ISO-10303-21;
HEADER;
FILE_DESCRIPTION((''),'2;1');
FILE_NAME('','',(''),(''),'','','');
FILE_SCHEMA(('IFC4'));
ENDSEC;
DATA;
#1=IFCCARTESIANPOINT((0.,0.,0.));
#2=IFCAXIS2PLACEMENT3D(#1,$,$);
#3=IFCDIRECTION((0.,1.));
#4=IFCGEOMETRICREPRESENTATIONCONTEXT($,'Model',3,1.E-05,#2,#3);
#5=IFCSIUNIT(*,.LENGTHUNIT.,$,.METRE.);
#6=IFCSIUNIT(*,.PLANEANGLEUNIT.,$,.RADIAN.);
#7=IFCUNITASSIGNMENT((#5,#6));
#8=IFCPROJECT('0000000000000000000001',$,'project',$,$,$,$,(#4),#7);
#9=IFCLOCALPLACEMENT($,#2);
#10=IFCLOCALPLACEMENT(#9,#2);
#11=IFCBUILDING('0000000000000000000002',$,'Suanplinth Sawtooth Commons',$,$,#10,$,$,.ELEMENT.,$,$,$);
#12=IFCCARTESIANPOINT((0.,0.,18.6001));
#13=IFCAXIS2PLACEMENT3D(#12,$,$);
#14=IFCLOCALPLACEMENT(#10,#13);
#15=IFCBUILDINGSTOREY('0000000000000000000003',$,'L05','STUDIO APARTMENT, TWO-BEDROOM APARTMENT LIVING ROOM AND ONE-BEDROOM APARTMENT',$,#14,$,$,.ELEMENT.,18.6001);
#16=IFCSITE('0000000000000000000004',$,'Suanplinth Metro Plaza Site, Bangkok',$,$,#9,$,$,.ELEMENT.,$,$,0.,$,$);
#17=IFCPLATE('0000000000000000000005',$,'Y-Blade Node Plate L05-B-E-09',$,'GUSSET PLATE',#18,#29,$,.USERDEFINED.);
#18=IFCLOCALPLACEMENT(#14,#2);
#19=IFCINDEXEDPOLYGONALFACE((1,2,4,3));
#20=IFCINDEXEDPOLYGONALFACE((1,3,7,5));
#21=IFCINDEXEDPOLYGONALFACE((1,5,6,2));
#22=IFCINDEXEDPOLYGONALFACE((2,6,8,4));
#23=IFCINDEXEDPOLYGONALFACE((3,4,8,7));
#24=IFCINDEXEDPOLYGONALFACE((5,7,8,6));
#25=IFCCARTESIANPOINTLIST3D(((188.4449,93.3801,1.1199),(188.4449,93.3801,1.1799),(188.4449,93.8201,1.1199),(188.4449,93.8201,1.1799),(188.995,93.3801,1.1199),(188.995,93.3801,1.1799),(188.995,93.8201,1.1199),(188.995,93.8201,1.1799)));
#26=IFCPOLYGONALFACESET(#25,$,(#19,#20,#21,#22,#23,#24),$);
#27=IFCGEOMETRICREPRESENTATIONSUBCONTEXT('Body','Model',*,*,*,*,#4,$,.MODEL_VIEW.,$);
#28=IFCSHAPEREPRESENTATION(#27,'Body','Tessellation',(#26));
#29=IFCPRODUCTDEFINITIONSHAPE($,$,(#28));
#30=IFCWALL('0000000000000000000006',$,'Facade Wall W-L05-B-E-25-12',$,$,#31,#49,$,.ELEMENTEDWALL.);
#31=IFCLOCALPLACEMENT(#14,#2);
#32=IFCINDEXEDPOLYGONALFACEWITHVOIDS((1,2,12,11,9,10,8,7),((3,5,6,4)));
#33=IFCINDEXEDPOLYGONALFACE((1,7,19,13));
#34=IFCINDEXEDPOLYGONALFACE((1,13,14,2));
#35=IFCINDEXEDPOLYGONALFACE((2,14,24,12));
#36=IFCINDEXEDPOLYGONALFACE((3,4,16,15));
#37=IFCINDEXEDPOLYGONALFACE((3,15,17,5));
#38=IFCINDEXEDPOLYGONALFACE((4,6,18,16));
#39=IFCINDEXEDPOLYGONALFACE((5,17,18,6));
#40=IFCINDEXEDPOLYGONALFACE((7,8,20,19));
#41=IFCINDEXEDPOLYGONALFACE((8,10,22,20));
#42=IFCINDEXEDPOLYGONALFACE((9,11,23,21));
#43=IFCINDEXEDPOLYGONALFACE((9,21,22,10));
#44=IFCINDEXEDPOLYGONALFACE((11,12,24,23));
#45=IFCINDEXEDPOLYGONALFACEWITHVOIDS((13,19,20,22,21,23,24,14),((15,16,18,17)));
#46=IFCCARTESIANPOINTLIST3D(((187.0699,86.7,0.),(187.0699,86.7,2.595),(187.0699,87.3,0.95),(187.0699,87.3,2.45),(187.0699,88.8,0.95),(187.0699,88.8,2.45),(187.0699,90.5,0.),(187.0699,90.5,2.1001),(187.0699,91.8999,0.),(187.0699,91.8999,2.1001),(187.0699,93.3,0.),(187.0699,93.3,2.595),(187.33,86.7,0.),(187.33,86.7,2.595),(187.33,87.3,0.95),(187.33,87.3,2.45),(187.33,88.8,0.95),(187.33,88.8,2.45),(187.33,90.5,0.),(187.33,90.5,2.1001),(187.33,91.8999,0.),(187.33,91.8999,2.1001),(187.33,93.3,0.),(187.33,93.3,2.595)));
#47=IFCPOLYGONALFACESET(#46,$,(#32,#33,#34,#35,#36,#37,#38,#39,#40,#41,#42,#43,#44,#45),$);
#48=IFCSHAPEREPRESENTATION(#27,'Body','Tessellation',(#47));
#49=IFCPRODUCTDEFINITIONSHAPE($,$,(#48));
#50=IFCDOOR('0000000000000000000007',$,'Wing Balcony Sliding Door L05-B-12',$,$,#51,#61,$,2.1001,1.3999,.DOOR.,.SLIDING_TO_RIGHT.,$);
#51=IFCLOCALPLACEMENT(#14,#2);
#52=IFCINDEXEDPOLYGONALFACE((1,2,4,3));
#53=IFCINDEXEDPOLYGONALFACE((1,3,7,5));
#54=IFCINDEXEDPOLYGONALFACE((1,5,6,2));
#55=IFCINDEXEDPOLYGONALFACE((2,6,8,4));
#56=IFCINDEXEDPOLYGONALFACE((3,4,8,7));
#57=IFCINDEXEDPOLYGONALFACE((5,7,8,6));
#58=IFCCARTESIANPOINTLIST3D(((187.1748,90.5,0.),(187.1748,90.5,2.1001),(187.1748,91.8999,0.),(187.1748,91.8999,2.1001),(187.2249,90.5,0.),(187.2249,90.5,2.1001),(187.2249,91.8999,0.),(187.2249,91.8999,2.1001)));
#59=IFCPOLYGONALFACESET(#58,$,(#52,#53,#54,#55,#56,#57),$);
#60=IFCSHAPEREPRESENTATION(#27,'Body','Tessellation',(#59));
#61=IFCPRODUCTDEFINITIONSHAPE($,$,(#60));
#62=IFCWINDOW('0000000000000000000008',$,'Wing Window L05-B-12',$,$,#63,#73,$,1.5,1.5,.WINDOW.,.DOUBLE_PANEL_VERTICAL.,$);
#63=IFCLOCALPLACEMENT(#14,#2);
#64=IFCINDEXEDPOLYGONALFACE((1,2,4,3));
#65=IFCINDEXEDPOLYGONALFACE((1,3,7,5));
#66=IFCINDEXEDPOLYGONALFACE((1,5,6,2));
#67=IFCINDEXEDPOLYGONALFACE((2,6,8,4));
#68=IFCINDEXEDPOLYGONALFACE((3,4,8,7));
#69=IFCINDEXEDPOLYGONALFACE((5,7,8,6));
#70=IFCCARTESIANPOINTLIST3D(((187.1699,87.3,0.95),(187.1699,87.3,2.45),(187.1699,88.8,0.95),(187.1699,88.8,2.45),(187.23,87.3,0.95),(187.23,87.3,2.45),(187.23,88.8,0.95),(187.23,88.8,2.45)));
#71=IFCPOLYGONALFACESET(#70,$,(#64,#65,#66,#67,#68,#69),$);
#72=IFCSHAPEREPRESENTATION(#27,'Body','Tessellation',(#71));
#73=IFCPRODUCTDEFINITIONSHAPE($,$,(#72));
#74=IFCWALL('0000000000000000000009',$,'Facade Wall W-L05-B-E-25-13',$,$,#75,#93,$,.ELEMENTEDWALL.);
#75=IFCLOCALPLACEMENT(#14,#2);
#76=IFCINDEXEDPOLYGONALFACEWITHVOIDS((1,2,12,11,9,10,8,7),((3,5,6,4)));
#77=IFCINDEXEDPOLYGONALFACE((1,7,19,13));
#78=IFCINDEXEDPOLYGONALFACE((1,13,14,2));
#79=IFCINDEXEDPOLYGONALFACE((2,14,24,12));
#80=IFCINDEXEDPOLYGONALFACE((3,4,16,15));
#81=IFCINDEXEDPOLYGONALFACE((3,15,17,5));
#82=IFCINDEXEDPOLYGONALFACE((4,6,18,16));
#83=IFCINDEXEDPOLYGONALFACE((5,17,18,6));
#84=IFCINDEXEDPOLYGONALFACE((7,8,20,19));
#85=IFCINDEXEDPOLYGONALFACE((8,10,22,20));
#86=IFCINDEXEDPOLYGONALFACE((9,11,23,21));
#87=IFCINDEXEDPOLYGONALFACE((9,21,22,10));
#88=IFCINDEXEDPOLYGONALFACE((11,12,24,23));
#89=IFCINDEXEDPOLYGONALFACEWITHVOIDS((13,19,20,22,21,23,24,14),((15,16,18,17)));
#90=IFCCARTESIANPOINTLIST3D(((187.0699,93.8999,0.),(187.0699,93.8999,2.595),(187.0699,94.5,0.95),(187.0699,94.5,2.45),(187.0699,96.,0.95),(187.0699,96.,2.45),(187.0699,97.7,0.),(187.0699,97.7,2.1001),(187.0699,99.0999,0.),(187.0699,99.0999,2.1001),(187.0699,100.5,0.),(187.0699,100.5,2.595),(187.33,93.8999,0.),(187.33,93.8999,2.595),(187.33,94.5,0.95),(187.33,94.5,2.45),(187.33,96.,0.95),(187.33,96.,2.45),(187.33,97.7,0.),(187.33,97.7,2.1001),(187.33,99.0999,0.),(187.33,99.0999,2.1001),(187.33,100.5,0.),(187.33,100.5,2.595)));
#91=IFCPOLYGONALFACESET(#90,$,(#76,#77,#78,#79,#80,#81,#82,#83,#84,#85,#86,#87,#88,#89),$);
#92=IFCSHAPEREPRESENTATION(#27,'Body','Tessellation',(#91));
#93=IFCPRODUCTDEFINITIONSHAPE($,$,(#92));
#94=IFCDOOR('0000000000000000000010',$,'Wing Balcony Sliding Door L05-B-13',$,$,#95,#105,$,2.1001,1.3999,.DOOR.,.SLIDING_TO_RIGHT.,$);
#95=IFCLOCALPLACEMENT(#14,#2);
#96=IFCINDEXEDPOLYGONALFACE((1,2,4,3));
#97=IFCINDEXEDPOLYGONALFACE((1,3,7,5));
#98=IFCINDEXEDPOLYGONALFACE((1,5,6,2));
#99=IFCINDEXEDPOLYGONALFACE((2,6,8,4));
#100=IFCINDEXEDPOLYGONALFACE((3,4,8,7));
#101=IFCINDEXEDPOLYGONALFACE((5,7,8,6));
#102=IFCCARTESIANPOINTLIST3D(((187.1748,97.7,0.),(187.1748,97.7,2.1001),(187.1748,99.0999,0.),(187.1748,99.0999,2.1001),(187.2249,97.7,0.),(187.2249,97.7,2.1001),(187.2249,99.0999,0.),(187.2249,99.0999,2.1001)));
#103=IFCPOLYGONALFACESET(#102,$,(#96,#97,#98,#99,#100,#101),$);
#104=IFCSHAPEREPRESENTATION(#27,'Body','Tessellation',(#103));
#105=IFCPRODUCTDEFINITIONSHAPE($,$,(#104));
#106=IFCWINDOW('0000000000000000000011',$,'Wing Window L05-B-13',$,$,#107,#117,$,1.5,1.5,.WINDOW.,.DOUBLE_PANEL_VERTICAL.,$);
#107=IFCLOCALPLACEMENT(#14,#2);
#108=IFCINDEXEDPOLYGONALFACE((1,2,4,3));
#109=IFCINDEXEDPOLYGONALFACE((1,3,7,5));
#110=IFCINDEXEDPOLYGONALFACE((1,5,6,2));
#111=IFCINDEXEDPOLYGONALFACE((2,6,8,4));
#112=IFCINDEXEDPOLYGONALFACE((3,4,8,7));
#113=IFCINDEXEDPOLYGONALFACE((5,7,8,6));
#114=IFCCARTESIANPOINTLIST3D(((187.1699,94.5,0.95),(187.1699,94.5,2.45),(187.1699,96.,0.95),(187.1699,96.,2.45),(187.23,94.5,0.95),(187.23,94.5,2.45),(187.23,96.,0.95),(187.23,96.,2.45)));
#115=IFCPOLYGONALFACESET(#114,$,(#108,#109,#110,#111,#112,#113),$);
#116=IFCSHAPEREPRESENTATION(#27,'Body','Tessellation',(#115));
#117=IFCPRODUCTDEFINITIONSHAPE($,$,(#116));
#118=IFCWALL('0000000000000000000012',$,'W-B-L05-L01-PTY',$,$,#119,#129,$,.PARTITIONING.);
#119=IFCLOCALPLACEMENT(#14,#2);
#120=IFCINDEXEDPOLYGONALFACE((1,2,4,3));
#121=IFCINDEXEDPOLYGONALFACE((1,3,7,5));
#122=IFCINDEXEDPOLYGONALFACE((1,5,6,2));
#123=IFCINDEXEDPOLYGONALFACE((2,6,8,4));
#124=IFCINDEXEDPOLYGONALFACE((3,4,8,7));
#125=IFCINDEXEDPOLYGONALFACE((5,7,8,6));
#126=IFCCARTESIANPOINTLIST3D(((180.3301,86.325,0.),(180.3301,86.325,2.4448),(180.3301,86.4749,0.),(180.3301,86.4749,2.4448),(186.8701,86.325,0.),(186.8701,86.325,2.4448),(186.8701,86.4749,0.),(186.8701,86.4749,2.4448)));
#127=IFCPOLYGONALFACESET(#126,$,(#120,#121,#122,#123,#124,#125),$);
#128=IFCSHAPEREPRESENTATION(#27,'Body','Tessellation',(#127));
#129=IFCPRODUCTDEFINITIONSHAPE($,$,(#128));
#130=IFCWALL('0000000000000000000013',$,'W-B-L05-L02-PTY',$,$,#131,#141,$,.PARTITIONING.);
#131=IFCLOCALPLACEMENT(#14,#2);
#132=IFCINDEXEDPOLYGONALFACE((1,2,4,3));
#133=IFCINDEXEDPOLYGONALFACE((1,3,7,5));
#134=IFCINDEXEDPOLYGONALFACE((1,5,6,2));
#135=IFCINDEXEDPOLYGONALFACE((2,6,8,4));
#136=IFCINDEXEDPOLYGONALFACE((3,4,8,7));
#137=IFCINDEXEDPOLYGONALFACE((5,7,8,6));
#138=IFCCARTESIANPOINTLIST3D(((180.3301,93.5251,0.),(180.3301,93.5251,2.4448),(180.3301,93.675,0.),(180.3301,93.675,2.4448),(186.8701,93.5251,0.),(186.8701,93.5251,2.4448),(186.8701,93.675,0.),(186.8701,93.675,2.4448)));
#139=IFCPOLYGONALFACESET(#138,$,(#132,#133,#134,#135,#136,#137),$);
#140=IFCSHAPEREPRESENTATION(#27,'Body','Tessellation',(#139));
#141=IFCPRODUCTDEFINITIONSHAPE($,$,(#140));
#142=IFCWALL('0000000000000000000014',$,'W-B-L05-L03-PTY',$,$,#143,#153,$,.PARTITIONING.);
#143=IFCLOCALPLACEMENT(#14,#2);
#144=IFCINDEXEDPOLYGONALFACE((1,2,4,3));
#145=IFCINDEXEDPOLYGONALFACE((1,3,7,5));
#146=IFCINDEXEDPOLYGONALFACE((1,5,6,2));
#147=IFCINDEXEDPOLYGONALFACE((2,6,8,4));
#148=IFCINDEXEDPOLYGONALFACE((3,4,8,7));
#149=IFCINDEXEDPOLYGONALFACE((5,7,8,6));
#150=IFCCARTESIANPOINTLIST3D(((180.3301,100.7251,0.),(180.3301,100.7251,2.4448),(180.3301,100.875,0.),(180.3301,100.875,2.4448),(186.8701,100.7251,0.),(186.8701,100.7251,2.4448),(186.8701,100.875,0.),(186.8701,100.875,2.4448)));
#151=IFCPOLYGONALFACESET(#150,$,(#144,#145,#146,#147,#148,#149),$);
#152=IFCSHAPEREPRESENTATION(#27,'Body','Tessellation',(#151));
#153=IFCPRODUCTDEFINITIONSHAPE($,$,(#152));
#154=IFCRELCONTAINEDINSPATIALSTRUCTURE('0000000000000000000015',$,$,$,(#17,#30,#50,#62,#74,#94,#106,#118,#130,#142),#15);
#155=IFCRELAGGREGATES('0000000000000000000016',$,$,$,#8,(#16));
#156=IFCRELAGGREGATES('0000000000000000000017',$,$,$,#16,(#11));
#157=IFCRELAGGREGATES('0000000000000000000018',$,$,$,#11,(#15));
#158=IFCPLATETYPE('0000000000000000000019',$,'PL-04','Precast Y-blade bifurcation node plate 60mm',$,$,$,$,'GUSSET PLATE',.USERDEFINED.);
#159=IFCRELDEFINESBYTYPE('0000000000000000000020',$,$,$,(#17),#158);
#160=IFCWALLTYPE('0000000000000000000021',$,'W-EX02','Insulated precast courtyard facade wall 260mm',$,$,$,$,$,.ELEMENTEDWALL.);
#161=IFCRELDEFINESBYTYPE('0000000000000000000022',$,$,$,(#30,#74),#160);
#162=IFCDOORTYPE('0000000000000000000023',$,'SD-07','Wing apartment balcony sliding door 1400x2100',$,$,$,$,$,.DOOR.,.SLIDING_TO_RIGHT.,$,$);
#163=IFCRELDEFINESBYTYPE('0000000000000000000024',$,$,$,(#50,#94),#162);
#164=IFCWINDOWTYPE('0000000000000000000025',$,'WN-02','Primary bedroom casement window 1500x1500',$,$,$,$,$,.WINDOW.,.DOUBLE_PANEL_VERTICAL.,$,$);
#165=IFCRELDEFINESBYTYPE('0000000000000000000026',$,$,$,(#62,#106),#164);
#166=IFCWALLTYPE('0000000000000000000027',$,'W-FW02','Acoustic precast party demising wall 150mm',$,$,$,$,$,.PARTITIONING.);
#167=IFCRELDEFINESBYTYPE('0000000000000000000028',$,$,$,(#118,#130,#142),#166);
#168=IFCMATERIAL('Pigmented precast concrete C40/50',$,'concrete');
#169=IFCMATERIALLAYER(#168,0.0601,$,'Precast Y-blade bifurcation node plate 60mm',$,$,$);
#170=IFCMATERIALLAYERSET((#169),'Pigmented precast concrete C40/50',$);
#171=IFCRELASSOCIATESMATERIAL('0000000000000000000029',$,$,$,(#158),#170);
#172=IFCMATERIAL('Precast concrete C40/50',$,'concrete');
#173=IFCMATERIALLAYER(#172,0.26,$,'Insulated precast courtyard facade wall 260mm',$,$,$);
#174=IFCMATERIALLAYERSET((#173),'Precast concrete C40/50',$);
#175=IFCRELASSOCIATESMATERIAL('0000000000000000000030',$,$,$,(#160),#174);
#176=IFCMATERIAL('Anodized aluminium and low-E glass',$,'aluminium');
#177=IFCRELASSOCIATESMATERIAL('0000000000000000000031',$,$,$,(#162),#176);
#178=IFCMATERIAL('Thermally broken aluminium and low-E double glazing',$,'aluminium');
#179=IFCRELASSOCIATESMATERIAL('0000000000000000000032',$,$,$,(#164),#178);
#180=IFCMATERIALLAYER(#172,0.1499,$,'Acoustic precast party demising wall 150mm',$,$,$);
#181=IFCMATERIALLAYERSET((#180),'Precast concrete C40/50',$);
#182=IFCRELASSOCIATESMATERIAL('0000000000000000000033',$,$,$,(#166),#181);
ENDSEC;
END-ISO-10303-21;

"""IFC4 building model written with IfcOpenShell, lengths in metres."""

from ifc_helpers import new_model, si_unit, direction, frame, frame_2d, origin, origin_2d, place, context, subcontext, project, spatial, rectangle, extrude, material, layer, layer_set, type_object, element, fill, save


model = new_model("IFC4")

# Units and contexts
model_context = context("Model", 3, precision=1e-05, world=origin(), true_north=direction((0.0, 1.0)))
body_context = subcontext(model_context, "Body", "Model", "MODEL_VIEW")
ifc_project = project(units=[si_unit("LENGTHUNIT", "METRE"), si_unit("PLANEANGLEUNIT", "RADIAN")], contexts=[model_context])

# Site, building, storey
site_placement = place(None, origin())
site = spatial("IfcSite", under=ifc_project, at=site_placement, Name="Suanplinth Metro Plaza Site, Bangkok", CompositionType="ELEMENT", RefElevation=0.0)
building_placement = place(site_placement, origin())
building = spatial("IfcBuilding", under=site, at=building_placement, Name="Suanplinth Sawtooth Commons", CompositionType="ELEMENT")
storey_placement = place(building_placement, frame((0.0, 0.0, 18.6001)))
storey = spatial("IfcBuildingStorey", under=building, at=storey_placement, Name="L05", Description="STUDIO APARTMENT, TWO-BEDROOM APARTMENT LIVING ROOM AND ONE-BEDROOM APARTMENT", CompositionType="ELEMENT", Elevation=18.6001)

# Shared definitions
ifc_material_1 = material(Name="Precast concrete C40/50", Category="concrete")

# Shared definitions
ifc_material_2 = material(Name="Pigmented precast concrete C40/50", Category="concrete")

# Plate
ifc_layer_1 = layer(ifc_material_2, 0.0601, Name="Precast Y-blade bifurcation node plate 60mm")
ifc_layer_set_1 = layer_set([ifc_layer_1], Name="Pigmented precast concrete C40/50")
plate_type = type_object("IfcPlateType", Name="PL-04", Description="Precast Y-blade bifurcation node plate 60mm", ElementType="GUSSET PLATE", PredefinedType="USERDEFINED", material=ifc_layer_set_1)
plate_placement = place(storey_placement, frame((188.72, 93.6001, 1.1199), z_axis=(0.0, 0.0, 1.0), x_axis=(0.0, 1.0, 0.0)))
element("IfcPlate", 1, at=plate_placement, inside=storey, type_object=plate_type, Name="Y-Blade Node Plate L05-B-E-09", ObjectType="GUSSET PLATE", PredefinedType="USERDEFINED", context=body_context, shape_type="SweptSolid", body=[
    extrude(rectangle(XDim=0.4399, YDim=0.55, at=origin_2d()), origin(), (0.0, 0.0, 1.0), 0.0601),
])

# Walls, openings, doors, windows
ifc_layer_2 = layer(ifc_material_1, 0.26, Name="Insulated precast courtyard facade wall 260mm")
ifc_layer_set_2 = layer_set([ifc_layer_2], Name="Precast concrete C40/50")
wall_type_1 = type_object("IfcWallType", Name="W-EX02", Description="Insulated precast courtyard facade wall 260mm", PredefinedType="ELEMENTEDWALL", material=ifc_layer_set_2)
wall_1_placement = place(storey_placement, frame((187.2, 86.7, 0.0), z_axis=(0.0, 0.0, 1.0), x_axis=(0.0, 1.0, 0.0)))
wall_1 = element("IfcWall", 2, at=wall_1_placement, inside=storey, type_object=wall_type_1, Name="Facade Wall W-L05-B-E-25-12", PredefinedType="ELEMENTEDWALL", context=body_context, shape_type="SweptSolid", body=[
    extrude(rectangle(XDim=6.6001, YDim=0.26, at=frame_2d((3.3, 0.0))), origin(), (0.0, 0.0, 1.0), 2.595),
])
opening_1_placement = place(wall_1_placement, frame((3.8, 0.0, 0.0)))
opening_1 = element("IfcOpeningElement", 3, at=opening_1_placement, cuts=wall_1, PredefinedType="OPENING", context=body_context, shape_type="SweptSolid", body=[
    extrude(rectangle(XDim=1.3999, YDim=2.1001, at=frame_2d((0.7, 1.05))), frame((0.0, 0.145, 0.0), z_axis=(0.0, -1.0, 0.0), x_axis=(1.0, 0.0, 0.0)), (0.0, 0.0, 1.0), 0.2898),
])
opening_2_placement = place(wall_1_placement, frame((0.6001, 0.0, 0.95)))
opening_2 = element("IfcOpeningElement", 4, at=opening_2_placement, cuts=wall_1, PredefinedType="OPENING", context=body_context, shape_type="SweptSolid", body=[
    extrude(rectangle(XDim=1.5, YDim=1.5, at=frame_2d((0.75, 0.75))), frame((0.0, 0.145, 0.0), z_axis=(0.0, -1.0, 0.0), x_axis=(1.0, 0.0, 0.0)), (0.0, 0.0, 1.0), 0.2898),
])
ifc_material_3 = material(Name="Anodized aluminium and low-E glass", Category="aluminium")
door_type_1 = type_object("IfcDoorType", Name="SD-07", Description="Wing apartment balcony sliding door 1400x2100", OperationType="SLIDING_TO_RIGHT", PredefinedType="DOOR", material=ifc_material_3)
door_1_placement = place(opening_1_placement, frame((1.3999, 0.0, 0.0), z_axis=(0.0, 0.0, 1.0), x_axis=(-1.0, 0.0, 0.0)))
door_1 = element("IfcDoor", 5, at=door_1_placement, inside=storey, type_object=door_type_1, Name="Wing Balcony Sliding Door L05-B-12", OperationType="SLIDING_TO_RIGHT", OverallHeight=2.1001, OverallWidth=1.3999, PredefinedType="DOOR", context=body_context, shape_type="SweptSolid", body=[
    extrude(rectangle(XDim=1.3999, YDim=2.1001, at=frame_2d((0.7, 1.05))), frame((0.0, 0.0249, 0.0), z_axis=(0.0, -1.0, 0.0), x_axis=(1.0, 0.0, 0.0)), (0.0, 0.0, 1.0), 0.05),
])
fill(opening_1, door_1)
ifc_material_4 = material(Name="Thermally broken aluminium and low-E double glazing", Category="aluminium")
window_type = type_object("IfcWindowType", Name="WN-02", Description="Primary bedroom casement window 1500x1500", PartitioningType="DOUBLE_PANEL_VERTICAL", PredefinedType="WINDOW", material=ifc_material_4)
window_1_placement = place(opening_2_placement, origin())
window_1 = element("IfcWindow", 6, at=window_1_placement, inside=storey, type_object=window_type, Name="Wing Window L05-B-12", OverallHeight=1.5, OverallWidth=1.5, PartitioningType="DOUBLE_PANEL_VERTICAL", PredefinedType="WINDOW", context=body_context, shape_type="SweptSolid", body=[
    extrude(rectangle(XDim=1.5, YDim=1.5, at=frame_2d((0.75, 0.75))), frame((0.0, 0.03, 0.0), z_axis=(0.0, -1.0, 0.0), x_axis=(1.0, 0.0, 0.0)), (0.0, 0.0, 1.0), 0.0601),
])
fill(opening_2, window_1)
wall_2_placement = place(storey_placement, frame((187.2, 93.8999, 0.0), z_axis=(0.0, 0.0, 1.0), x_axis=(0.0, 1.0, 0.0)))
wall_2 = element("IfcWall", 7, at=wall_2_placement, inside=storey, type_object=wall_type_1, Name="Facade Wall W-L05-B-E-25-13", PredefinedType="ELEMENTEDWALL", context=body_context, shape_type="SweptSolid", body=[
    extrude(rectangle(XDim=6.6001, YDim=0.26, at=frame_2d((3.3, 0.0))), origin(), (0.0, 0.0, 1.0), 2.595),
])
opening_3_placement = place(wall_2_placement, frame((3.8, 0.0, 0.0)))
opening_3 = element("IfcOpeningElement", 8, at=opening_3_placement, cuts=wall_2, PredefinedType="OPENING", context=body_context, shape_type="SweptSolid", body=[
    extrude(rectangle(XDim=1.3999, YDim=2.1001, at=frame_2d((0.7, 1.05))), frame((0.0, 0.145, 0.0), z_axis=(0.0, -1.0, 0.0), x_axis=(1.0, 0.0, 0.0)), (0.0, 0.0, 1.0), 0.2898),
])
opening_4_placement = place(wall_2_placement, frame((0.6001, 0.0, 0.95)))
opening_4 = element("IfcOpeningElement", 9, at=opening_4_placement, cuts=wall_2, PredefinedType="OPENING", context=body_context, shape_type="SweptSolid", body=[
    extrude(rectangle(XDim=1.5, YDim=1.5, at=frame_2d((0.75, 0.75))), frame((0.0, 0.145, 0.0), z_axis=(0.0, -1.0, 0.0), x_axis=(1.0, 0.0, 0.0)), (0.0, 0.0, 1.0), 0.2898),
])
door_2_placement = place(opening_3_placement, frame((1.3999, 0.0, 0.0), z_axis=(0.0, 0.0, 1.0), x_axis=(-1.0, 0.0, 0.0)))
door_2 = element("IfcDoor", 10, at=door_2_placement, inside=storey, type_object=door_type_1, Name="Wing Balcony Sliding Door L05-B-13", OperationType="SLIDING_TO_RIGHT", OverallHeight=2.1001, OverallWidth=1.3999, PredefinedType="DOOR", context=body_context, shape_type="SweptSolid", body=[
    extrude(rectangle(XDim=1.3999, YDim=2.1001, at=frame_2d((0.7, 1.05))), frame((0.0, 0.0249, 0.0), z_axis=(0.0, -1.0, 0.0), x_axis=(1.0, 0.0, 0.0)), (0.0, 0.0, 1.0), 0.05),
])
fill(opening_3, door_2)
window_2_placement = place(opening_4_placement, origin())
window_2 = element("IfcWindow", 11, at=window_2_placement, inside=storey, type_object=window_type, Name="Wing Window L05-B-13", OverallHeight=1.5, OverallWidth=1.5, PartitioningType="DOUBLE_PANEL_VERTICAL", PredefinedType="WINDOW", context=body_context, shape_type="SweptSolid", body=[
    extrude(rectangle(XDim=1.5, YDim=1.5, at=frame_2d((0.75, 0.75))), frame((0.0, 0.03, 0.0), z_axis=(0.0, -1.0, 0.0), x_axis=(1.0, 0.0, 0.0)), (0.0, 0.0, 1.0), 0.0601),
])
fill(opening_4, window_2)

# Walls
ifc_layer_3 = layer(ifc_material_1, 0.1499, Name="Acoustic precast party demising wall 150mm")
ifc_layer_set_3 = layer_set([ifc_layer_3], Name="Precast concrete C40/50")
wall_type_2 = type_object("IfcWallType", Name="W-FW02", Description="Acoustic precast party demising wall 150mm", PredefinedType="PARTITIONING", material=ifc_layer_set_3)
for number, where, z_axis, x_axis, name in (
    (12, (180.3301, 86.3999, 0.0), (0.0, 0.0, 1.0), (1.0, 0.0, 0.0), "W-B-L05-L01-PTY"),
    (13, (180.3301, 93.6001, 0.0), (0.0, 0.0, 1.0), (1.0, 0.0, 0.0), "W-B-L05-L02-PTY"),
    (14, (180.3301, 100.8, 0.0), (0.0, 0.0, 1.0), (1.0, 0.0, 0.0), "W-B-L05-L03-PTY"),
):
    element("IfcWall", number, at=place(storey_placement, frame(where, z_axis=z_axis, x_axis=x_axis)), inside=storey, type_object=wall_type_2, Name=name, PredefinedType="PARTITIONING", context=body_context, shape_type="SweptSolid", body=[
        extrude(rectangle(XDim=6.54, YDim=0.1499, at=frame_2d((3.27, 0.0))), origin(), (0.0, 0.0, 1.0), 2.4448),
    ])

save(model, "model.ifc")
